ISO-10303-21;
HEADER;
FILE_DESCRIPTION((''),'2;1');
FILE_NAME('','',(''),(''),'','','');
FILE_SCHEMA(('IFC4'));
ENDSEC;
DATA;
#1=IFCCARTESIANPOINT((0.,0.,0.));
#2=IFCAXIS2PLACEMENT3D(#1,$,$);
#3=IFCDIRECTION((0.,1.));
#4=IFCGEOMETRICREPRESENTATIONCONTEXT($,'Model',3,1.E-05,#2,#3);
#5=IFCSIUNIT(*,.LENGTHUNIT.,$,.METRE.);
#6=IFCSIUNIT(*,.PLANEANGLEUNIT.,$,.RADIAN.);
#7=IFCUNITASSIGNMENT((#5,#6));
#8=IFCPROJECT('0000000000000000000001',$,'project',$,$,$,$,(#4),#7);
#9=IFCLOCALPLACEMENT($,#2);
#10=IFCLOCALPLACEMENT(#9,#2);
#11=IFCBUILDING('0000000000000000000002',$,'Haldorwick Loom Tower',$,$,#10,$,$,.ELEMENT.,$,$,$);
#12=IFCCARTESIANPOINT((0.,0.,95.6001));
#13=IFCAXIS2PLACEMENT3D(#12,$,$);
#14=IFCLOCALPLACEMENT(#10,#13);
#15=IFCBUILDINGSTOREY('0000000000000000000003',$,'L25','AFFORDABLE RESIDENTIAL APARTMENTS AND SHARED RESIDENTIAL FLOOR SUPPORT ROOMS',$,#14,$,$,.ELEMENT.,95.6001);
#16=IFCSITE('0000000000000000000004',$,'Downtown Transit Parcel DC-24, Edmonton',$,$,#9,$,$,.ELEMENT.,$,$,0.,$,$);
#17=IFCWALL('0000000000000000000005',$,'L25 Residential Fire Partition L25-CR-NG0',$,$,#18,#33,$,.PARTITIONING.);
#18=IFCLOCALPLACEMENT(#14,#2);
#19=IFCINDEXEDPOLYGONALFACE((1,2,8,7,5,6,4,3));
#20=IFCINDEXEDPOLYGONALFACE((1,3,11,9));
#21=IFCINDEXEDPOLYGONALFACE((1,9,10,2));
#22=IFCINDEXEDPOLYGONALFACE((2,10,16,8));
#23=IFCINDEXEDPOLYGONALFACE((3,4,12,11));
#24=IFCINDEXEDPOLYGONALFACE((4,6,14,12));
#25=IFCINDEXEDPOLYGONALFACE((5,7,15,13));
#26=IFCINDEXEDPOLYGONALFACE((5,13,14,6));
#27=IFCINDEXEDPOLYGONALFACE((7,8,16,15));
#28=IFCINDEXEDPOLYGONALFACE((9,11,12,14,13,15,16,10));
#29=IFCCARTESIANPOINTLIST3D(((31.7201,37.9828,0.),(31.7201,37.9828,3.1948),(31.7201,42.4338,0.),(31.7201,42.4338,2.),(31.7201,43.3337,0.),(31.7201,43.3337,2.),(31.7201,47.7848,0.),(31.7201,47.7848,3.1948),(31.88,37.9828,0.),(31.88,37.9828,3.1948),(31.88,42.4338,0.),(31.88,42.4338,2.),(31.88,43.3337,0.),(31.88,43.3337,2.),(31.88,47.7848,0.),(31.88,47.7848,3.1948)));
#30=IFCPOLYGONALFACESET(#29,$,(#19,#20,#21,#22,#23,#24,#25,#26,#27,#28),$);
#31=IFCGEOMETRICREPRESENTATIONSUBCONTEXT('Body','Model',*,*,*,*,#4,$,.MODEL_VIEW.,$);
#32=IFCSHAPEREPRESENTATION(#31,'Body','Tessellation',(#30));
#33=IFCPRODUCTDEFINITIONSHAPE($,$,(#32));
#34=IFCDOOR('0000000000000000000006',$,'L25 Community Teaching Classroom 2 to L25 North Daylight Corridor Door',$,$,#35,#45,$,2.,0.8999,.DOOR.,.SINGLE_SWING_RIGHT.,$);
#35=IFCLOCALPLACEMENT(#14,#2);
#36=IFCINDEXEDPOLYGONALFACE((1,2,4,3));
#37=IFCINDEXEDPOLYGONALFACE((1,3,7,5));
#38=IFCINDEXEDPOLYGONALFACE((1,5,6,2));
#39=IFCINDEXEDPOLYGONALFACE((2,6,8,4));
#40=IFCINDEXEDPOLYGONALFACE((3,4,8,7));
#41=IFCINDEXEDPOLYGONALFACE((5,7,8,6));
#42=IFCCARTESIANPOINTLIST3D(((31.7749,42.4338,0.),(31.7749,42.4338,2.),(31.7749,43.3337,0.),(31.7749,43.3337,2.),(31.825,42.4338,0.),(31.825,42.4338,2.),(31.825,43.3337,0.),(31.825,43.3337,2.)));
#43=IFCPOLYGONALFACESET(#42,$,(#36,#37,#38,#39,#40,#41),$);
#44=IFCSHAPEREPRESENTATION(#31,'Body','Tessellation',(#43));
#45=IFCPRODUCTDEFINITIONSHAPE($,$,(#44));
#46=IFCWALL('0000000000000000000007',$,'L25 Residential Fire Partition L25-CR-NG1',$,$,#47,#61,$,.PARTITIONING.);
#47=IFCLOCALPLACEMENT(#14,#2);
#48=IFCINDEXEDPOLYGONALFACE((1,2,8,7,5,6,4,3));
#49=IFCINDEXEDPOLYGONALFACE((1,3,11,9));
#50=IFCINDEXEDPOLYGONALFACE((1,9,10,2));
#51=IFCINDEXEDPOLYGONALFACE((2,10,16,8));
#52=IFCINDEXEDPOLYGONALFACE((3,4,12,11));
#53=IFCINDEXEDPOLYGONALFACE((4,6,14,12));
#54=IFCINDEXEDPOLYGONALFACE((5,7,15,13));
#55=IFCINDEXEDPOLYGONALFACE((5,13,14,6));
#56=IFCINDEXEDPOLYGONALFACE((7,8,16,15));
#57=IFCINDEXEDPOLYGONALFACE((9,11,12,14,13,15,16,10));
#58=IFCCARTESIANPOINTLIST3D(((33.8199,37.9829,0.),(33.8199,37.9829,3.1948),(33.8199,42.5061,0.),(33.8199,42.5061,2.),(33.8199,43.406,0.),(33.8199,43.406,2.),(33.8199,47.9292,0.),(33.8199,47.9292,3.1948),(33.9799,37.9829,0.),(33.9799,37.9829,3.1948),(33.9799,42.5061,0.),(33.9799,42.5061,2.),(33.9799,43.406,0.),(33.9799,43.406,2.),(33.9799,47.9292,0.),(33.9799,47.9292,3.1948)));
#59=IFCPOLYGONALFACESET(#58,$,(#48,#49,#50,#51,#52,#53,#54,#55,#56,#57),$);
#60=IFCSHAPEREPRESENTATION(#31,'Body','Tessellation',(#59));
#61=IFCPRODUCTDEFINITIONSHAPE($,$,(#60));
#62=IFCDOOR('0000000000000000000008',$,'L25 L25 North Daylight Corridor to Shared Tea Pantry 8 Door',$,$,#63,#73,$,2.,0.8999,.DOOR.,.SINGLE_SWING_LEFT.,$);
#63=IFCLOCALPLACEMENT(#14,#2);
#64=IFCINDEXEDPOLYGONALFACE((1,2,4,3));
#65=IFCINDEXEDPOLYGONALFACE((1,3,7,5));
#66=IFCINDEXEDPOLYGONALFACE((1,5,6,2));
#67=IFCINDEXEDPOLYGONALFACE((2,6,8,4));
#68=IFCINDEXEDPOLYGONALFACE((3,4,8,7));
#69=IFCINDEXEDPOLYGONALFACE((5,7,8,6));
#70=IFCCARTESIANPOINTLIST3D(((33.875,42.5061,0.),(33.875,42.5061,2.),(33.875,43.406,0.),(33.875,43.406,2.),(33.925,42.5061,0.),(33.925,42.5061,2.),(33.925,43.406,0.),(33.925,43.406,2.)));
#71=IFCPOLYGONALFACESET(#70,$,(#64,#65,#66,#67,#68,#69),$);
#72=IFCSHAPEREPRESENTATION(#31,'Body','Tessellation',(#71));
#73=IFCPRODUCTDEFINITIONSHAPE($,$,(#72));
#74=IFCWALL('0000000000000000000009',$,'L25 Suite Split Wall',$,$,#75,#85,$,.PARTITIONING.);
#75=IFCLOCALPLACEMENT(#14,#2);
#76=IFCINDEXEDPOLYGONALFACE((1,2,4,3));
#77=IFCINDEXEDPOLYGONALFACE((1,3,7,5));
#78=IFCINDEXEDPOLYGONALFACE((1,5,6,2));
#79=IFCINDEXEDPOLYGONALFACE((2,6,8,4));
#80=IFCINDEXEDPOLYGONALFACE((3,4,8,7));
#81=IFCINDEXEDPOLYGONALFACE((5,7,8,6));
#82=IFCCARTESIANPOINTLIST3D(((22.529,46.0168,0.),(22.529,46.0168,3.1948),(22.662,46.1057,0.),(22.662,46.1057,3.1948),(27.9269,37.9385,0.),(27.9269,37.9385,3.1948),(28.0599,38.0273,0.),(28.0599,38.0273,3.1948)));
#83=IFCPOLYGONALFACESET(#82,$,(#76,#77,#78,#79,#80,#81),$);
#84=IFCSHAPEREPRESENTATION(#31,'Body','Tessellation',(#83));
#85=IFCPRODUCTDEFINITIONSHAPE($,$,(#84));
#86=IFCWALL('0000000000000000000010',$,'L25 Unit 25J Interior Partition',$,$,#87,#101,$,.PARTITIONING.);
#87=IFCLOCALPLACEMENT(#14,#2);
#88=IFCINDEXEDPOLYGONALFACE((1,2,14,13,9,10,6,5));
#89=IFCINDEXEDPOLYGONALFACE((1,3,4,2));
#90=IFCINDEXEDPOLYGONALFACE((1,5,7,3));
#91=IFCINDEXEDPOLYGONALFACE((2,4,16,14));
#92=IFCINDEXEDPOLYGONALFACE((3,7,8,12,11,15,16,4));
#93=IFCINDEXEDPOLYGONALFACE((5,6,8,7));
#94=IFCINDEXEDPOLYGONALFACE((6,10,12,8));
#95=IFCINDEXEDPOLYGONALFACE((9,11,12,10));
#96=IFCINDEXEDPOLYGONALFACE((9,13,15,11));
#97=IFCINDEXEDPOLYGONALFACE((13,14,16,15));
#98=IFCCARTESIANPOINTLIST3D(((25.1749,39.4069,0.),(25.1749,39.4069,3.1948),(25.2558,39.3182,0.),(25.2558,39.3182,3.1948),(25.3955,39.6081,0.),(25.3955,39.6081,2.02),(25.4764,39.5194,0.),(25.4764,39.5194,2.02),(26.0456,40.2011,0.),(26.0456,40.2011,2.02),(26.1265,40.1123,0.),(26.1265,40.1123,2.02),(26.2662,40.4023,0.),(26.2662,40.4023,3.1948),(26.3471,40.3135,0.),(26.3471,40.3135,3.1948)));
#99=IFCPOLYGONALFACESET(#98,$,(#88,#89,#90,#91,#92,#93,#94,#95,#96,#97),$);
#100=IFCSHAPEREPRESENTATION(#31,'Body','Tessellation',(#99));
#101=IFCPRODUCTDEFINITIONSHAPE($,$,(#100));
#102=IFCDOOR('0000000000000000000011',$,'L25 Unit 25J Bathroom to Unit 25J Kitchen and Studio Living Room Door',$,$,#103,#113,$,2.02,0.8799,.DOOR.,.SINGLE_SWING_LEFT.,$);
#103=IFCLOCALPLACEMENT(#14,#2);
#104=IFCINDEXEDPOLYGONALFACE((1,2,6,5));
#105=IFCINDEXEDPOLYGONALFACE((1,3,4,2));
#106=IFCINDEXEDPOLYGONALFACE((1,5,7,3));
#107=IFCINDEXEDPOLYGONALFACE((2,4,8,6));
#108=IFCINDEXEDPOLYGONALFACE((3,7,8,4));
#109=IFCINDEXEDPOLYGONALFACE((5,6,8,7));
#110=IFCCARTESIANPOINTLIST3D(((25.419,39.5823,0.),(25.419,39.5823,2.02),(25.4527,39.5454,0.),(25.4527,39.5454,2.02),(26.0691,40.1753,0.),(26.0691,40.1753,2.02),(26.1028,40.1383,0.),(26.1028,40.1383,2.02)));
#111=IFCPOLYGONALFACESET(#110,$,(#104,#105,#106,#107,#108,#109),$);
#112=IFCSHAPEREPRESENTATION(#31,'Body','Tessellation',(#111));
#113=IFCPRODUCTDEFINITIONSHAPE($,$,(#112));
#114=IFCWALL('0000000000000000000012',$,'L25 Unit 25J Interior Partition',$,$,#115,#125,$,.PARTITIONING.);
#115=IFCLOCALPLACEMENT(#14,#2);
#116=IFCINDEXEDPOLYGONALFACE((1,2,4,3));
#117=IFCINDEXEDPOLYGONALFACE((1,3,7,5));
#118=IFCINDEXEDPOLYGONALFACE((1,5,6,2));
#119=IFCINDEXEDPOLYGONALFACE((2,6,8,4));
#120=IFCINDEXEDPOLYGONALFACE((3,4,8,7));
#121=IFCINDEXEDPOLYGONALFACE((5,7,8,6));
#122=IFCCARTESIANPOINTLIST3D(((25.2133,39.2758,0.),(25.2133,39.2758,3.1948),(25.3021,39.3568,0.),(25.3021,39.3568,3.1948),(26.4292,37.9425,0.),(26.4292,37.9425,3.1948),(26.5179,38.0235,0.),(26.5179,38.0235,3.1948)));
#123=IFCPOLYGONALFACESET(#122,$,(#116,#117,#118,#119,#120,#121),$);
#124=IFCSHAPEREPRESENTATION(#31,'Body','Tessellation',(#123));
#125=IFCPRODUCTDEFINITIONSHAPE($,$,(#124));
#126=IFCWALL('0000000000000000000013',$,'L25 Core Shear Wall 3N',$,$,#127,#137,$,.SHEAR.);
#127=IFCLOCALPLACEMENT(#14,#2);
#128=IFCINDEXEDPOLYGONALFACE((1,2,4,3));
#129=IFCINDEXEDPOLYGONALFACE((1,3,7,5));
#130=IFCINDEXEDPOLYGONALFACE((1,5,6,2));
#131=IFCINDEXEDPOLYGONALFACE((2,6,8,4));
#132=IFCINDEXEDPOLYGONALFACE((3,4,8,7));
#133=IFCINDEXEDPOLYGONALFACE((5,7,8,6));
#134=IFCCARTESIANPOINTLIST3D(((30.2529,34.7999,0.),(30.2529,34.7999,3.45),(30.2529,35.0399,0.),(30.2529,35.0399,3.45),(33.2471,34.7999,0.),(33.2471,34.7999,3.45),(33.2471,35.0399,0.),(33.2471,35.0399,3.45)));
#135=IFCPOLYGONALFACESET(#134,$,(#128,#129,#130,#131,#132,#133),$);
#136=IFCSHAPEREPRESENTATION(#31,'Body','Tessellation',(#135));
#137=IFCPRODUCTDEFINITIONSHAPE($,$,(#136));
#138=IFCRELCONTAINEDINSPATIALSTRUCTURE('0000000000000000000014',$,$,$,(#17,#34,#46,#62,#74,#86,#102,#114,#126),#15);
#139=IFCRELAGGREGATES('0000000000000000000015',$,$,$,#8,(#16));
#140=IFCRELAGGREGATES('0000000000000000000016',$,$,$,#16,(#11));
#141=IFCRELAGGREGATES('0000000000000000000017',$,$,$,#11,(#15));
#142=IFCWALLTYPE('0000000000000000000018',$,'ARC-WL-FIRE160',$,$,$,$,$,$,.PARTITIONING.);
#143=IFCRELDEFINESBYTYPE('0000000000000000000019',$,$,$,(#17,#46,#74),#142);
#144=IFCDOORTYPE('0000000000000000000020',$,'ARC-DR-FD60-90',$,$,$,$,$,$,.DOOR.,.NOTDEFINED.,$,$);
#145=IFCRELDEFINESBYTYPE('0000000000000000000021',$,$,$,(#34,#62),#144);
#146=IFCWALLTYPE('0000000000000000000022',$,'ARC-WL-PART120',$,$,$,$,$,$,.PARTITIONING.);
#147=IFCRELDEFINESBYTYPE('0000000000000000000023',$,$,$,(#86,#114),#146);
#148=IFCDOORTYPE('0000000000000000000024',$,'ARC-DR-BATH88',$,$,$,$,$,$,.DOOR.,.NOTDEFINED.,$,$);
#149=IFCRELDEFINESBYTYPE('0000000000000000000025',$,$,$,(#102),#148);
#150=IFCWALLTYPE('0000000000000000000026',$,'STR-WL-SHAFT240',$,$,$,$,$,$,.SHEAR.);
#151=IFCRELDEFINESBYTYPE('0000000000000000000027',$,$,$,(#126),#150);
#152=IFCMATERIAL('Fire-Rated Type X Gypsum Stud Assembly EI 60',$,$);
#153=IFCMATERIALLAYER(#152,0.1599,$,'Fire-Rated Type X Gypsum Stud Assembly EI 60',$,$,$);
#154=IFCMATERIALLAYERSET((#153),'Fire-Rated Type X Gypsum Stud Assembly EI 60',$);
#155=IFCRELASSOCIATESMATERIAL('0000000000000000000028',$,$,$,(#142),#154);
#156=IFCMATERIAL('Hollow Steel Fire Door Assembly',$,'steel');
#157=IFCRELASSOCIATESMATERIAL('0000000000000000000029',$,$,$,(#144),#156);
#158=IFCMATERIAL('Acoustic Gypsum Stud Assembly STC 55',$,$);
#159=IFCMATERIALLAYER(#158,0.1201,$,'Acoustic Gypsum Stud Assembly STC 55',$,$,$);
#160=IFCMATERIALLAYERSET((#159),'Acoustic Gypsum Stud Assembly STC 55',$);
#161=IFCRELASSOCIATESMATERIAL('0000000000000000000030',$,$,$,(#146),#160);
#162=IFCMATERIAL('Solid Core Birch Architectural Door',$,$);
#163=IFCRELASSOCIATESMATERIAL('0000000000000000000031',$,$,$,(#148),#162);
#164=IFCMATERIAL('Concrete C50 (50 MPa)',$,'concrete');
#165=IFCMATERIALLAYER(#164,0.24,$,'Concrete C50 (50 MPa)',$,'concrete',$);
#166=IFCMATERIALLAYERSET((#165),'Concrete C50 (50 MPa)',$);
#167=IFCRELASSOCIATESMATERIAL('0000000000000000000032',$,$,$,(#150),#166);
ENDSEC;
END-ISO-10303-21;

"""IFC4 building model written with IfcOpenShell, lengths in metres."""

from ifc_helpers import new_model, si_unit, direction, frame, frame_2d, origin, place, context, subcontext, project, spatial, rectangle, extrude, material, layer, layer_set, type_object, element, fill, save


model = new_model("IFC4")

# Units and contexts
model_context = context("Model", 3, precision=1e-05, world=origin(), true_north=direction((0.0, 1.0)))
body_context = subcontext(model_context, "Body", "Model", "MODEL_VIEW")
ifc_project = project(units=[si_unit("LENGTHUNIT", "METRE"), si_unit("PLANEANGLEUNIT", "RADIAN")], contexts=[model_context])

# Site, building, storey
site_placement = place(None, origin())
site = spatial("IfcSite", under=ifc_project, at=site_placement, Name="Downtown Transit Parcel DC-24, Edmonton", CompositionType="ELEMENT", RefElevation=0.0)
building_placement = place(site_placement, origin())
building = spatial("IfcBuilding", under=site, at=building_placement, Name="Haldorwick Loom Tower", CompositionType="ELEMENT")
storey_placement = place(building_placement, frame((0.0, 0.0, 95.6001)))
storey = spatial("IfcBuildingStorey", under=building, at=storey_placement, Name="L25", Description="AFFORDABLE RESIDENTIAL APARTMENTS AND SHARED RESIDENTIAL FLOOR SUPPORT ROOMS", CompositionType="ELEMENT", Elevation=95.6001)

# Walls, openings, doors
ifc_material_1 = material(Name="Fire-Rated Type X Gypsum Stud Assembly EI 60")
ifc_layer_1 = layer(ifc_material_1, 0.1599, Name="Fire-Rated Type X Gypsum Stud Assembly EI 60")
ifc_layer_set_1 = layer_set([ifc_layer_1], Name="Fire-Rated Type X Gypsum Stud Assembly EI 60")
wall_type_1 = type_object("IfcWallType", Name="ARC-WL-FIRE160", PredefinedType="PARTITIONING", material=ifc_layer_set_1)
wall_1_placement = place(storey_placement, frame((31.8, 37.9829, 0.0), z_axis=(0.0, 0.0, 1.0), x_axis=(0.0, 1.0, 0.0)))
wall_1 = element("IfcWall", 1, at=wall_1_placement, inside=storey, type_object=wall_type_1, Name="L25 Residential Fire Partition L25-CR-NG0", PredefinedType="PARTITIONING", context=body_context, shape_type="SweptSolid", body=[
    extrude(rectangle(XDim=9.802, YDim=0.1599, at=frame_2d((4.9009, 0.0))), origin(), (0.0, 0.0, 1.0), 3.1948),
])
opening_1_placement = place(wall_1_placement, frame((4.4509, 0.0, 0.0)))
opening_1 = element("IfcOpeningElement", 2, at=opening_1_placement, cuts=wall_1, PredefinedType="OPENING", context=body_context, shape_type="SweptSolid", body=[
    extrude(rectangle(XDim=0.8999, YDim=2.0, at=frame_2d((0.45, 1.0))), frame((0.0, 0.0898, 0.0), z_axis=(0.0, -1.0, 0.0), x_axis=(1.0, 0.0, 0.0)), (0.0, 0.0, 1.0), 0.1799),
])
ifc_material_2 = material(Name="Hollow Steel Fire Door Assembly", Category="steel")
door_type_1 = type_object("IfcDoorType", Name="ARC-DR-FD60-90", OperationType="NOTDEFINED", PredefinedType="DOOR", material=ifc_material_2)
door_1_placement = place(opening_1_placement, frame((0.8999, 0.0, 0.0), z_axis=(0.0, 0.0, 1.0), x_axis=(-1.0, 0.0, 0.0)))
door_1 = element("IfcDoor", 3, at=door_1_placement, inside=storey, type_object=door_type_1, Name="L25 Community Teaching Classroom 2 to L25 North Daylight Corridor Door", OperationType="SINGLE_SWING_RIGHT", OverallHeight=2.0, OverallWidth=0.8999, PredefinedType="DOOR", context=body_context, shape_type="SweptSolid", body=[
    extrude(rectangle(XDim=0.8999, YDim=2.0, at=frame_2d((0.45, 1.0))), frame((0.0, 0.0249, 0.0), z_axis=(0.0, -1.0, 0.0), x_axis=(1.0, 0.0, 0.0)), (0.0, 0.0, 1.0), 0.05),
])
fill(opening_1, door_1)
wall_2_placement = place(storey_placement, frame((33.8999, 37.9829, 0.0), z_axis=(0.0, 0.0, 1.0), x_axis=(0.0, 1.0, 0.0)))
wall_2 = element("IfcWall", 4, at=wall_2_placement, inside=storey, type_object=wall_type_1, Name="L25 Residential Fire Partition L25-CR-NG1", PredefinedType="PARTITIONING", context=body_context, shape_type="SweptSolid", body=[
    extrude(rectangle(XDim=9.9463, YDim=0.1599, at=frame_2d((4.9731, 0.0))), origin(), (0.0, 0.0, 1.0), 3.1948),
])
opening_2_placement = place(wall_2_placement, frame((4.5232, 0.0, 0.0)))
opening_2 = element("IfcOpeningElement", 5, at=opening_2_placement, cuts=wall_2, PredefinedType="OPENING", context=body_context, shape_type="SweptSolid", body=[
    extrude(rectangle(XDim=0.8999, YDim=2.0, at=frame_2d((0.45, 1.0))), frame((0.0, 0.0898, 0.0), z_axis=(0.0, -1.0, 0.0), x_axis=(1.0, 0.0, 0.0)), (0.0, 0.0, 1.0), 0.1799),
])
door_2_placement = place(opening_2_placement, origin())
door_2 = element("IfcDoor", 6, at=door_2_placement, inside=storey, type_object=door_type_1, Name="L25 L25 North Daylight Corridor to Shared Tea Pantry 8 Door", OperationType="SINGLE_SWING_LEFT", OverallHeight=2.0, OverallWidth=0.8999, PredefinedType="DOOR", context=body_context, shape_type="SweptSolid", body=[
    extrude(rectangle(XDim=0.8999, YDim=2.0, at=frame_2d((0.45, 1.0))), frame((0.0, 0.0249, 0.0), z_axis=(0.0, -1.0, 0.0), x_axis=(1.0, 0.0, 0.0)), (0.0, 0.0, 1.0), 0.05),
])
fill(opening_2, door_2)

# Wall
wall_3_placement = place(storey_placement, frame((27.9934, 37.9829, 0.0), z_axis=(0.0, 0.0, 1.0), x_axis=(-0.555581, 0.831462, 0.0)))
element("IfcWall", 7, at=wall_3_placement, inside=storey, type_object=wall_type_1, Name="L25 Suite Split Wall", PredefinedType="PARTITIONING", context=body_context, shape_type="SweptSolid", body=[
    extrude(rectangle(XDim=9.7158, YDim=0.1599, at=frame_2d((4.8579, 0.0))), origin(), (0.0, 0.0, 1.0), 3.1948),
])

# Wall, opening, door
ifc_material_3 = material(Name="Acoustic Gypsum Stud Assembly STC 55")
ifc_layer_2 = layer(ifc_material_3, 0.1201, Name="Acoustic Gypsum Stud Assembly STC 55")
ifc_layer_set_2 = layer_set([ifc_layer_2], Name="Acoustic Gypsum Stud Assembly STC 55")
wall_type_2 = type_object("IfcWallType", Name="ARC-WL-PART120", PredefinedType="PARTITIONING", material=ifc_layer_set_2)
wall_4_placement = place(storey_placement, frame((26.3066, 40.3579, 0.0), z_axis=(0.0, 0.0, 1.0), x_axis=(-0.73884, -0.673881, 0.0)))
wall_4 = element("IfcWall", 8, at=wall_4_placement, inside=storey, type_object=wall_type_2, Name="L25 Unit 25J Interior Partition", PredefinedType="PARTITIONING", context=body_context, shape_type="SweptSolid", body=[
    extrude(rectangle(XDim=1.4771, YDim=0.1201, at=frame_2d((0.7385, 0.0))), origin(), (0.0, 0.0, 1.0), 3.1948),
])
opening_3_placement = place(wall_4_placement, frame((0.2986, 0.0, 0.0)))
opening_3 = element("IfcOpeningElement", 9, at=opening_3_placement, cuts=wall_4, PredefinedType="OPENING", context=body_context, shape_type="SweptSolid", body=[
    extrude(rectangle(XDim=0.8799, YDim=2.02, at=frame_2d((0.4399, 1.01))), frame((0.0, 0.0701, 0.0), z_axis=(0.0, -1.0, 0.0), x_axis=(1.0, 0.0, 0.0)), (0.0, 0.0, 1.0), 0.1401),
])
ifc_material_4 = material(Name="Solid Core Birch Architectural Door")
door_type_2 = type_object("IfcDoorType", Name="ARC-DR-BATH88", OperationType="NOTDEFINED", PredefinedType="DOOR", material=ifc_material_4)
door_3_placement = place(opening_3_placement, origin())
door_3 = element("IfcDoor", 10, at=door_3_placement, inside=storey, type_object=door_type_2, Name="L25 Unit 25J Bathroom to Unit 25J Kitchen and Studio Living Room Door", OperationType="SINGLE_SWING_LEFT", OverallHeight=2.02, OverallWidth=0.8799, PredefinedType="DOOR", context=body_context, shape_type="SweptSolid", body=[
    extrude(rectangle(XDim=0.8799, YDim=2.02, at=frame_2d((0.4399, 1.01))), frame((0.0, 0.0249, 0.0), z_axis=(0.0, -1.0, 0.0), x_axis=(1.0, 0.0, 0.0)), (0.0, 0.0, 1.0), 0.05),
])
fill(opening_3, door_3)

# Walls
wall_5_placement = place(storey_placement, frame((26.4736, 37.9829, 0.0), z_axis=(0.0, 0.0, 1.0), x_axis=(-0.673817, 0.738898, 0.0)))
element("IfcWall", 11, at=wall_5_placement, inside=storey, type_object=wall_type_2, Name="L25 Unit 25J Interior Partition", PredefinedType="PARTITIONING", context=body_context, shape_type="SweptSolid", body=[
    extrude(rectangle(XDim=1.8044, YDim=0.1201, at=frame_2d((0.9023, 0.0))), origin(), (0.0, 0.0, 1.0), 3.1948),
])
ifc_material_5 = material(Name="Concrete C50 (50 MPa)", Category="concrete")
ifc_layer_3 = layer(ifc_material_5, 0.24, Name="Concrete C50 (50 MPa)", Category="concrete")
ifc_layer_set_3 = layer_set([ifc_layer_3], Name="Concrete C50 (50 MPa)")
wall_type_3 = type_object("IfcWallType", Name="STR-WL-SHAFT240", PredefinedType="SHEAR", material=ifc_layer_set_3)
wall_6_placement = place(storey_placement, frame((30.2529, 34.9199, 0.0), z_axis=(0.0, 0.0, 1.0), x_axis=(1.0, 0.0, 0.0)))
element("IfcWall", 12, at=wall_6_placement, inside=storey, type_object=wall_type_3, Name="L25 Core Shear Wall 3N", PredefinedType="SHEAR", context=body_context, shape_type="SweptSolid", body=[
    extrude(rectangle(XDim=2.9941, YDim=0.24, at=frame_2d((1.4971, 0.0))), origin(), (0.0, 0.0, 1.0), 3.45),
])

save(model, "model.ifc")
